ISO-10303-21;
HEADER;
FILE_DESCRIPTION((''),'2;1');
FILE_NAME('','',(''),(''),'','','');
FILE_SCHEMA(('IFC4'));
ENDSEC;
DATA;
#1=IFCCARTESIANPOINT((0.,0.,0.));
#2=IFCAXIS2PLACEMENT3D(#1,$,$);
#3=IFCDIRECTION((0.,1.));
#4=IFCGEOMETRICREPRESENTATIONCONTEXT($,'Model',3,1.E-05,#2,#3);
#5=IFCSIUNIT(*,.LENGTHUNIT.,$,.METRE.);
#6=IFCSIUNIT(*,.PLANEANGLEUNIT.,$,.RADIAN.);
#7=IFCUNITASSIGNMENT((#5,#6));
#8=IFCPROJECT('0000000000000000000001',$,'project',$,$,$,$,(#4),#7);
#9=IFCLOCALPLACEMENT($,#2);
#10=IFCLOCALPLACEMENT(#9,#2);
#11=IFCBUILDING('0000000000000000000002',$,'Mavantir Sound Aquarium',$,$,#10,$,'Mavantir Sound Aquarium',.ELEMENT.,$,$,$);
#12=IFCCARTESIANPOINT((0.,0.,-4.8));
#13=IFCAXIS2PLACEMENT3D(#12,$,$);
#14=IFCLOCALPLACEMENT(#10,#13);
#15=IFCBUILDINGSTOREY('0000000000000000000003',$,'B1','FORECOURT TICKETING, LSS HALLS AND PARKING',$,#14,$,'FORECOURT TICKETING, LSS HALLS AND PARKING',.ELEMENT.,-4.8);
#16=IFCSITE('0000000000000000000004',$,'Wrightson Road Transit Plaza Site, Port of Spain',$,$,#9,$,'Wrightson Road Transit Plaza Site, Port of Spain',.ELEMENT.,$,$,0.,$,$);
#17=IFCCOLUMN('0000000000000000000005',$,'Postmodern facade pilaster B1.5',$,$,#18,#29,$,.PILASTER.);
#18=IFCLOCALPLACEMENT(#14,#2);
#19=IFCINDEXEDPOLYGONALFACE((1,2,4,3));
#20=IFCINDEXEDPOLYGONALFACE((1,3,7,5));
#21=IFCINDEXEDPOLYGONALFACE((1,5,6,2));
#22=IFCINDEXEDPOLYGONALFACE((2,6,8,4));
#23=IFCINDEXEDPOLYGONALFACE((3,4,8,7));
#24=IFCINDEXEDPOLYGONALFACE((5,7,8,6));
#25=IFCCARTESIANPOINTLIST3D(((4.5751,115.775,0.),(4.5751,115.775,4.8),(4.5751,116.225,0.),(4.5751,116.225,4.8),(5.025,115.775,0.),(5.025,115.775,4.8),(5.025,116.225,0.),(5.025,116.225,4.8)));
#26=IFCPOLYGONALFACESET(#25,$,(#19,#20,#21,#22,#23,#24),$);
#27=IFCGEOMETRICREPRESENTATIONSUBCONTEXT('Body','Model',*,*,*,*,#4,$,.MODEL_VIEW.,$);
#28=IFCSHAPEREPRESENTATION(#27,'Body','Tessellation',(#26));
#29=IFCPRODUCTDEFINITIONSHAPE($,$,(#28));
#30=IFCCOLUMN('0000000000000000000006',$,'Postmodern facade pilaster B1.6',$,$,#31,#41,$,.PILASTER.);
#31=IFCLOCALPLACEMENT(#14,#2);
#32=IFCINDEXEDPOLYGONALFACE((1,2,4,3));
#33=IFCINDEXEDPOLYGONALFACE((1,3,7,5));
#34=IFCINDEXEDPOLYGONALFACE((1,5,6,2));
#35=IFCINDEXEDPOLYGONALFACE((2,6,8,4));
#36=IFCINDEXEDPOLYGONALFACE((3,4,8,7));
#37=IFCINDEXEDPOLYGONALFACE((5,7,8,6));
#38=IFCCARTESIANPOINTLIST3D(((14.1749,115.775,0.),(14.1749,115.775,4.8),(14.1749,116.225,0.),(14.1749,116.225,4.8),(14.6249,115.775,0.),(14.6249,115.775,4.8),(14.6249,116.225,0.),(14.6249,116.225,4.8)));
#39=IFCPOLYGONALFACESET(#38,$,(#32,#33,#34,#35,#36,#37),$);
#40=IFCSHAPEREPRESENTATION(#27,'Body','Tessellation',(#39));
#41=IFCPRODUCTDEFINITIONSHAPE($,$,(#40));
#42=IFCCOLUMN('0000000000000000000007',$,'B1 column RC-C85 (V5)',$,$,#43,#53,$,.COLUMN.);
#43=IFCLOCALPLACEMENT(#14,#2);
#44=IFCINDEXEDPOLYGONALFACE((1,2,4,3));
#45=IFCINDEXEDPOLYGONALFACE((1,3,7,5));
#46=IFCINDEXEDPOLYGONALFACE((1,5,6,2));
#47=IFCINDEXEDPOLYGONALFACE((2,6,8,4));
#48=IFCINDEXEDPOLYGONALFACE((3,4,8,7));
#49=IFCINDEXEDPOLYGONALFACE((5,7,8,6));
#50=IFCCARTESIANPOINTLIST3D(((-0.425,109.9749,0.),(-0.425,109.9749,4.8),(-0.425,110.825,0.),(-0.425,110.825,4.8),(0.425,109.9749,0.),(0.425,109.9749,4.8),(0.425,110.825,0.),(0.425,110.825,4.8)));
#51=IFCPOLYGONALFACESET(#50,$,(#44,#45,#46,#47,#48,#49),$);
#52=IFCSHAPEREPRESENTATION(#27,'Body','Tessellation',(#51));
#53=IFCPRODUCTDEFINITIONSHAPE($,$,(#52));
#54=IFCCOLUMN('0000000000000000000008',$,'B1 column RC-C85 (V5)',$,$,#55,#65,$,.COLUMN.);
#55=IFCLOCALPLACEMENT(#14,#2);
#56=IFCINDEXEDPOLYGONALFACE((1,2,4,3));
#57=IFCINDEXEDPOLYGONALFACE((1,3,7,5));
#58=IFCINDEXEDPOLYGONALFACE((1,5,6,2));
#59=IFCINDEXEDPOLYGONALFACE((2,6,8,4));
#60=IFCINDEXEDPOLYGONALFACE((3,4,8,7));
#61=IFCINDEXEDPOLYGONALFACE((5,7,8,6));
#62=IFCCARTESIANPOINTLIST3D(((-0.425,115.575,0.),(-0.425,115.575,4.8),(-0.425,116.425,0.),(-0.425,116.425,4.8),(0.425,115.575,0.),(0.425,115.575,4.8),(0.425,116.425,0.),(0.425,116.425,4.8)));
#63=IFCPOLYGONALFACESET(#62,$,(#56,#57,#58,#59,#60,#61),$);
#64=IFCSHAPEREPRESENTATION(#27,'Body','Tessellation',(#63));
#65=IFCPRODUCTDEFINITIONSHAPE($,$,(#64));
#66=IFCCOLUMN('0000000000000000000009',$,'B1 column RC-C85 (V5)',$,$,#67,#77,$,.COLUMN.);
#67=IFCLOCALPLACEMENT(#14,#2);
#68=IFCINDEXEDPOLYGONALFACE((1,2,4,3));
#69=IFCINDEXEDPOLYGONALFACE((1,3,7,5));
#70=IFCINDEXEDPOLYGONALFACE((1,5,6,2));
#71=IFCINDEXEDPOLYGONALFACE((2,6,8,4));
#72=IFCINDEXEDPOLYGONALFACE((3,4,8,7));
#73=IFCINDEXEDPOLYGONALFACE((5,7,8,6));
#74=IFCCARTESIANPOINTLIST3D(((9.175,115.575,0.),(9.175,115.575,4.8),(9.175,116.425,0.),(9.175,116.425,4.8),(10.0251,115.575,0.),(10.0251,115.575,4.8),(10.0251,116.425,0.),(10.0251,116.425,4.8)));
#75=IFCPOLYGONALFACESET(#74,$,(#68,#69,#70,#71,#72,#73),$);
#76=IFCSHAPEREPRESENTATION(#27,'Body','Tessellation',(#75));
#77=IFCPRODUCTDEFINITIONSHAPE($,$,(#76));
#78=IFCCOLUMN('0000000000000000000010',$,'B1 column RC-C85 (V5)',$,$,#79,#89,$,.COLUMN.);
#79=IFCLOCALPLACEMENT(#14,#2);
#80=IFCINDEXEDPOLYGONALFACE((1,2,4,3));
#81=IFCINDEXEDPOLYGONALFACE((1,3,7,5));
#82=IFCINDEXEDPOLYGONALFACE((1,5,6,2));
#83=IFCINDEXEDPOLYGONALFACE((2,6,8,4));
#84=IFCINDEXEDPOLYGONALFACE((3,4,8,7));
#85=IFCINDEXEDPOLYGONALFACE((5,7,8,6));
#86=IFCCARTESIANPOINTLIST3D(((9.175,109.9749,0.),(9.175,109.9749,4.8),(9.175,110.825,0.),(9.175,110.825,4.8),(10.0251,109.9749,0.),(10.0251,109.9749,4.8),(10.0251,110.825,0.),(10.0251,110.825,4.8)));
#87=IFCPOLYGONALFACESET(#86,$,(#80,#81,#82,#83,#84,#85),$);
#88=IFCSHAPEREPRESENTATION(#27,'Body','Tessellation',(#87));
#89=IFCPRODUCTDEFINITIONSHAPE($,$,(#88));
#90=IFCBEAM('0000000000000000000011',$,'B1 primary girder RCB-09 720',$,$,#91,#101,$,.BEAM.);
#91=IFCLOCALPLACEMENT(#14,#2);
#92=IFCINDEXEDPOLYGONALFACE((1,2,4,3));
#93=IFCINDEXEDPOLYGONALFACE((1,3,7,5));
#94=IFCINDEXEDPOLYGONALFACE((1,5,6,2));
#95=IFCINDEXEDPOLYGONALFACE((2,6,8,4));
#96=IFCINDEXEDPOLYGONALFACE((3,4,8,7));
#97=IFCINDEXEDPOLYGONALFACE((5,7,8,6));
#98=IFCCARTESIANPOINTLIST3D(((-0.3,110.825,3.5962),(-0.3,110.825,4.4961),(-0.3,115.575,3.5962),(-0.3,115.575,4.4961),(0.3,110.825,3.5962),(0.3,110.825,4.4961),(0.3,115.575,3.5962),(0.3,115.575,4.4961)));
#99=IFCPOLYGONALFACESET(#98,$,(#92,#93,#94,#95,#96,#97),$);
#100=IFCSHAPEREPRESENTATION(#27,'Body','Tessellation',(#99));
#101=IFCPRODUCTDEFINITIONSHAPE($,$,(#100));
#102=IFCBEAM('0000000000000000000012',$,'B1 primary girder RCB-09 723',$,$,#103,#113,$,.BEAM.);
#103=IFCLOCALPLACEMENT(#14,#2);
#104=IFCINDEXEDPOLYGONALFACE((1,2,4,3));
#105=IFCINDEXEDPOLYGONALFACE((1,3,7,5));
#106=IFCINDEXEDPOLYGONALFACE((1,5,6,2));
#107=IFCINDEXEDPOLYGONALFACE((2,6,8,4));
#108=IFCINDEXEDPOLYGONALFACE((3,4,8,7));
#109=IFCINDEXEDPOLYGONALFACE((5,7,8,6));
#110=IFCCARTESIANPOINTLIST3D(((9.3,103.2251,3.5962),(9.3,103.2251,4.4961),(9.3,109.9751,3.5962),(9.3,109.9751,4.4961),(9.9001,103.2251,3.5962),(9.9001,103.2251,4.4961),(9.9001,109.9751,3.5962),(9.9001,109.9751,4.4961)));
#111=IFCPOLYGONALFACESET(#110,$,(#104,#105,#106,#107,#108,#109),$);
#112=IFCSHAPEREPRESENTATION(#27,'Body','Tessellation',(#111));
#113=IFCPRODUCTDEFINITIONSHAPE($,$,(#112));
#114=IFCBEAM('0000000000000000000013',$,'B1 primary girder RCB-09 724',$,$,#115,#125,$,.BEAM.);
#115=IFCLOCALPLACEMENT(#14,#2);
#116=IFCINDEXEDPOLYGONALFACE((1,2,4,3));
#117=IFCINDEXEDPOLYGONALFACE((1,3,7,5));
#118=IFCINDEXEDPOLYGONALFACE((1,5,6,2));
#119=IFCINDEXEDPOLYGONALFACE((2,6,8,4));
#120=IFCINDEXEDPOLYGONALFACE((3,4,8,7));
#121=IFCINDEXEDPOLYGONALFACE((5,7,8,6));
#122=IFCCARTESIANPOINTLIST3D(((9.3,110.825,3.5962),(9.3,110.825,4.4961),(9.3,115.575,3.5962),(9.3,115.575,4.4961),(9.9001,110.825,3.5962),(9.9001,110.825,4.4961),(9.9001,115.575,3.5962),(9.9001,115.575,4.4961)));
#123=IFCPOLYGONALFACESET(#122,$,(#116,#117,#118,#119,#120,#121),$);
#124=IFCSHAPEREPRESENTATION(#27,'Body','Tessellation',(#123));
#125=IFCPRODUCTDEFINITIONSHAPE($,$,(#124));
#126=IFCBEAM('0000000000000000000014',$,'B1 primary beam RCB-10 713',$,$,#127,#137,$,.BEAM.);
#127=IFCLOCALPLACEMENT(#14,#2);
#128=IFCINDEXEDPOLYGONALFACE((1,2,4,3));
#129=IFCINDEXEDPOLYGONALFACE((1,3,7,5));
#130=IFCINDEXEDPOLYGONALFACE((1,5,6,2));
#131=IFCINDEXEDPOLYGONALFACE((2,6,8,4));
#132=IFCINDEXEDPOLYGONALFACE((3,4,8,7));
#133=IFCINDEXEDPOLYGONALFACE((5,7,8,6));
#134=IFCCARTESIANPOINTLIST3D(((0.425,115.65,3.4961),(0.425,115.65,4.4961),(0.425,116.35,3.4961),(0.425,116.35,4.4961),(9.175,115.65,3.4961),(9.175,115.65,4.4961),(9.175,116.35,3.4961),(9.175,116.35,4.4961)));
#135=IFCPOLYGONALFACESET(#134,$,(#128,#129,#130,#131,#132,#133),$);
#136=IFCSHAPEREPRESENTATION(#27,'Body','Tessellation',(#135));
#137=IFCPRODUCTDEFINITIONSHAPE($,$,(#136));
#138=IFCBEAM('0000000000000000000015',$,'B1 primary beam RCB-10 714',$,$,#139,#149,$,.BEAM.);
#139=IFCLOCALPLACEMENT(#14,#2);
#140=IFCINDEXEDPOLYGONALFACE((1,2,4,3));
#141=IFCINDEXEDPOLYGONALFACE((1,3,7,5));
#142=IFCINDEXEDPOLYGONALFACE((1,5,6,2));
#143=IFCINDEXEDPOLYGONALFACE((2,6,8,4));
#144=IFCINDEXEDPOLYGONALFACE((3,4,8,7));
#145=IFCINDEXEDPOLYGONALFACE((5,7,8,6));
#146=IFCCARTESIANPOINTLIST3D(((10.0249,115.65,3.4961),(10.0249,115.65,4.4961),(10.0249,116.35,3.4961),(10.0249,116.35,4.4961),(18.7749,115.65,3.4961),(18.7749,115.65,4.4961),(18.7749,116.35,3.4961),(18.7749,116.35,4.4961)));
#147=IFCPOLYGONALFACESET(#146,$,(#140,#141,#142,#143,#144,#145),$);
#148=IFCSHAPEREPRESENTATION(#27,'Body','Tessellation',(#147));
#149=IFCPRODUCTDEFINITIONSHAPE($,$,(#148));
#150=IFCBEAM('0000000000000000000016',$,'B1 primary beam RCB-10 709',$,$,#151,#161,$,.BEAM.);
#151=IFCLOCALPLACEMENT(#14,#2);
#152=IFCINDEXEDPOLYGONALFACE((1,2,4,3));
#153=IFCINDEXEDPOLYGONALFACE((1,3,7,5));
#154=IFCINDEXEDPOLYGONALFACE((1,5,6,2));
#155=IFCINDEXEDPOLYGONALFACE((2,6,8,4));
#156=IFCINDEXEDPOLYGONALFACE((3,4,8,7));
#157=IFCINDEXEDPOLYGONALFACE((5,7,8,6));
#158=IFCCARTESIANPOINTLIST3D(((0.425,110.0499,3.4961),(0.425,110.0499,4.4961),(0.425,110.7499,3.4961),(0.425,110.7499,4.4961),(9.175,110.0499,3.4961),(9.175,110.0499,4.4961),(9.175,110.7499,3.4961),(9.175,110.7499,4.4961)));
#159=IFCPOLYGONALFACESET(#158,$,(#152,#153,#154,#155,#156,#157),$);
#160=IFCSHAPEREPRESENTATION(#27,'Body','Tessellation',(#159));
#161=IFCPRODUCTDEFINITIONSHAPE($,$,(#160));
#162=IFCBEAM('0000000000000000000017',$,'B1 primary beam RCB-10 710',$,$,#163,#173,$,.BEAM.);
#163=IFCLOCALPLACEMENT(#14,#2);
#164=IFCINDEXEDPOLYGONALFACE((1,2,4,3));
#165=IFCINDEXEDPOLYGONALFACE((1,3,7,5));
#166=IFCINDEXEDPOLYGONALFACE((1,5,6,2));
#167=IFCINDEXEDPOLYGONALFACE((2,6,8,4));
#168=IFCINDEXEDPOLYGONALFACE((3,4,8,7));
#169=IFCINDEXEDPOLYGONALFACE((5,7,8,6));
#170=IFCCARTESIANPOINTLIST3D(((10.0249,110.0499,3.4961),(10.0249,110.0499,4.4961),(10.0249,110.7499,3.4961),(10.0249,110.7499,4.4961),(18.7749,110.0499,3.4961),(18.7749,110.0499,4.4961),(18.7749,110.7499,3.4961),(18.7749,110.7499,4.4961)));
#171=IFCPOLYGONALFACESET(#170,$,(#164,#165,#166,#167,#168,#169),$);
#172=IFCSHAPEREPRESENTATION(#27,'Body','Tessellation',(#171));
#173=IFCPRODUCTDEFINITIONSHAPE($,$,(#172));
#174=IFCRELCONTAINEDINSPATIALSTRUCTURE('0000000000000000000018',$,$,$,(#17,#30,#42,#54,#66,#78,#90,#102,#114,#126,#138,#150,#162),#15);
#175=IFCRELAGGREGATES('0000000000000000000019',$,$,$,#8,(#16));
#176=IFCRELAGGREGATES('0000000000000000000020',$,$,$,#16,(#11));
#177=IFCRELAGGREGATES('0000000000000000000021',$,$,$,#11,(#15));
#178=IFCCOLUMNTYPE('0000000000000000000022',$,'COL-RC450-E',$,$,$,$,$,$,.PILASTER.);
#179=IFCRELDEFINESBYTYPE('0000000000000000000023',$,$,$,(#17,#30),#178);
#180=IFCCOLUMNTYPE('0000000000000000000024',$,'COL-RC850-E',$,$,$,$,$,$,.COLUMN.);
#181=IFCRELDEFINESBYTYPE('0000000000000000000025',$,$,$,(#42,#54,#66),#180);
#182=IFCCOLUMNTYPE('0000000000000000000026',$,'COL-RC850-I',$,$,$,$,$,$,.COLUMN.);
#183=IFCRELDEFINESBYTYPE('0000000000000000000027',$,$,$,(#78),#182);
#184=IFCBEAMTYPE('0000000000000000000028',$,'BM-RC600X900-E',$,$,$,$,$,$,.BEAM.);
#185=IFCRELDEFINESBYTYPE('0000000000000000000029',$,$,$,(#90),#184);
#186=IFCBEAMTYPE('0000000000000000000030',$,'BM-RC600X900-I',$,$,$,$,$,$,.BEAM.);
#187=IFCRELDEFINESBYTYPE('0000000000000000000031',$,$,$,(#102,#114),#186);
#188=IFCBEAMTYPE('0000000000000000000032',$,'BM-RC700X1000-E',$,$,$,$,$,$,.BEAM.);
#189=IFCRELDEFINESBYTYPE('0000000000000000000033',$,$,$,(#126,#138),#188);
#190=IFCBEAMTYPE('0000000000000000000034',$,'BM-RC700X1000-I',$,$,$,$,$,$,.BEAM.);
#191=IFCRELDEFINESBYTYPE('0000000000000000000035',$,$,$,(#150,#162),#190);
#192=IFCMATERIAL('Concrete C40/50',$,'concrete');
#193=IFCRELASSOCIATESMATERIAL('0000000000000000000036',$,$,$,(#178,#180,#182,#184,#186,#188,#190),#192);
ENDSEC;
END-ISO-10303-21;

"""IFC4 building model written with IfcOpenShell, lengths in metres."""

from ifc_helpers import new_model, si_unit, direction, frame, origin, origin_2d, place, context, subcontext, project, spatial, rectangle, extrude, material, material_profile, profile_set, type_object, element, save


model = new_model("IFC4")

# Units and contexts
model_context = context("Model", 3, precision=1e-05, world=origin(), true_north=direction((0.0, 1.0)))
body_context = subcontext(model_context, "Body", "Model", "MODEL_VIEW")
ifc_project = project(units=[si_unit("LENGTHUNIT", "METRE"), si_unit("PLANEANGLEUNIT", "RADIAN")], contexts=[model_context])

# Site, building, storey
site_placement = place(None, origin())
site = spatial("IfcSite", under=ifc_project, at=site_placement, Name="Wrightson Road Transit Plaza Site, Port of Spain", LongName="Wrightson Road Transit Plaza Site, Port of Spain", CompositionType="ELEMENT", RefElevation=0.0)
building_placement = place(site_placement, origin())
building = spatial("IfcBuilding", under=site, at=building_placement, Name="Mavantir Sound Aquarium", LongName="Mavantir Sound Aquarium", CompositionType="ELEMENT")
storey_placement = place(building_placement, frame((0.0, 0.0, -4.8)))
storey = spatial("IfcBuildingStorey", under=building, at=storey_placement, Name="B1", Description="FORECOURT TICKETING, LSS HALLS AND PARKING", LongName="FORECOURT TICKETING, LSS HALLS AND PARKING", CompositionType="ELEMENT", Elevation=-4.8)

# Columns
ifc_material_1 = material(Name="Concrete C40/50", Category="concrete")
ifc_material_profile_1 = material_profile(ifc_material_1, rectangle(XDim=0.45, YDim=0.45, at=origin_2d()), Name="RC 450X450")
ifc_profile_set_1 = profile_set([ifc_material_profile_1], Name="Concrete C40/50")
column_type_1 = type_object("IfcColumnType", Name="COL-RC450-E", PredefinedType="PILASTER", material=ifc_profile_set_1)
for number, where, z_axis, x_axis, name in (
    (1, (4.8, 116.0, 0.0), (0.0, 0.0, 1.0), (1.0, 0.0, 0.0), "Postmodern facade pilaster B1.5"),
    (2, (14.3999, 116.0, 0.0), (0.0, 0.0, 1.0), (1.0, 0.0, 0.0), "Postmodern facade pilaster B1.6"),
):
    element("IfcColumn", number, at=place(storey_placement, frame(where, z_axis=z_axis, x_axis=x_axis)), inside=storey, type_object=column_type_1, Name=name, PredefinedType="PILASTER", context=body_context, shape_type="SweptSolid", body=[
        extrude(rectangle(XDim=0.45, YDim=0.45, at=origin_2d()), origin(), (0.0, 0.0, 1.0), 4.8),
    ])
ifc_material_profile_2 = material_profile(ifc_material_1, rectangle(XDim=0.8501, YDim=0.8501, at=origin_2d()), Name="RC 850X850")
ifc_profile_set_2 = profile_set([ifc_material_profile_2], Name="Concrete C40/50")
column_type_2 = type_object("IfcColumnType", Name="COL-RC850-E", PredefinedType="COLUMN", material=ifc_profile_set_2)
for number, where, z_axis, x_axis, name in (
    (3, (0.0, 110.3999, 0.0), (0.0, 0.0, 1.0), (1.0, 0.0, 0.0), "B1 column RC-C85 (V5)"),
    (4, (0.0, 116.0, 0.0), (0.0, 0.0, 1.0), (1.0, 0.0, 0.0), "B1 column RC-C85 (V5)"),
    (5, (9.6001, 116.0, 0.0), (0.0, 0.0, 1.0), (1.0, 0.0, 0.0), "B1 column RC-C85 (V5)"),
):
    element("IfcColumn", number, at=place(storey_placement, frame(where, z_axis=z_axis, x_axis=x_axis)), inside=storey, type_object=column_type_2, Name=name, PredefinedType="COLUMN", context=body_context, shape_type="SweptSolid", body=[
        extrude(rectangle(XDim=0.8501, YDim=0.8501, at=origin_2d()), origin(), (0.0, 0.0, 1.0), 4.8),
    ])
ifc_material_profile_3 = material_profile(ifc_material_1, rectangle(XDim=0.8501, YDim=0.8501, at=origin_2d()), Name="RC 850X850")
ifc_profile_set_3 = profile_set([ifc_material_profile_3], Name="Concrete C40/50")
column_type_3 = type_object("IfcColumnType", Name="COL-RC850-I", PredefinedType="COLUMN", material=ifc_profile_set_3)
column_placement = place(storey_placement, frame((9.6001, 110.3999, 0.0), z_axis=(0.0, 0.0, 1.0), x_axis=(1.0, 0.0, 0.0)))
element("IfcColumn", 6, at=column_placement, inside=storey, type_object=column_type_3, Name="B1 column RC-C85 (V5)", PredefinedType="COLUMN", context=body_context, shape_type="SweptSolid", body=[
    extrude(rectangle(XDim=0.8501, YDim=0.8501, at=origin_2d()), origin(), (0.0, 0.0, 1.0), 4.8),
])

# Beams
ifc_material_profile_4 = material_profile(ifc_material_1, rectangle(XDim=0.6001, YDim=0.8999, at=origin_2d()), Name="RC 600X900")
ifc_profile_set_4 = profile_set([ifc_material_profile_4], Name="Concrete C40/50")
beam_type_1 = type_object("IfcBeamType", Name="BM-RC600X900-E", PredefinedType="BEAM", material=ifc_profile_set_4)
beam_1_placement = place(storey_placement, frame((0.0, 110.825, 4.0461), z_axis=(0.0, 1.0, 0.0), x_axis=(-1.0, 0.0, 0.0)))
element("IfcBeam", 7, at=beam_1_placement, inside=storey, type_object=beam_type_1, Name="B1 primary girder RCB-09 720", PredefinedType="BEAM", context=body_context, shape_type="SweptSolid", body=[
    extrude(rectangle(XDim=0.6001, YDim=0.8999, at=origin_2d()), origin(), (0.0, 0.0, 1.0), 4.75),
])
ifc_material_profile_5 = material_profile(ifc_material_1, rectangle(XDim=0.6001, YDim=0.8999, at=origin_2d()), Name="RC 600X900")
ifc_profile_set_5 = profile_set([ifc_material_profile_5], Name="Concrete C40/50")
beam_type_2 = type_object("IfcBeamType", Name="BM-RC600X900-I", PredefinedType="BEAM", material=ifc_profile_set_5)
beam_2_placement = place(storey_placement, frame((9.6001, 103.2251, 4.0461), z_axis=(0.0, 1.0, 0.0), x_axis=(-1.0, 0.0, 0.0)))
element("IfcBeam", 8, at=beam_2_placement, inside=storey, type_object=beam_type_2, Name="B1 primary girder RCB-09 723", PredefinedType="BEAM", context=body_context, shape_type="SweptSolid", body=[
    extrude(rectangle(XDim=0.6001, YDim=0.8999, at=origin_2d()), origin(), (0.0, 0.0, 1.0), 6.75),
])
beam_3_placement = place(storey_placement, frame((9.6001, 110.825, 4.0461), z_axis=(0.0, 1.0, 0.0), x_axis=(-1.0, 0.0, 0.0)))
element("IfcBeam", 9, at=beam_3_placement, inside=storey, type_object=beam_type_2, Name="B1 primary girder RCB-09 724", PredefinedType="BEAM", context=body_context, shape_type="SweptSolid", body=[
    extrude(rectangle(XDim=0.6001, YDim=0.8999, at=origin_2d()), origin(), (0.0, 0.0, 1.0), 4.75),
])
ifc_material_profile_6 = material_profile(ifc_material_1, rectangle(XDim=0.7, YDim=1.0, at=origin_2d()), Name="RC 700X1000")
ifc_profile_set_6 = profile_set([ifc_material_profile_6], Name="Concrete C40/50")
beam_type_3 = type_object("IfcBeamType", Name="BM-RC700X1000-E", PredefinedType="BEAM", material=ifc_profile_set_6)
for number, where, z_axis, x_axis, name in (
    (10, (0.425, 116.0, 3.9961), (1.0, 0.0, 0.0), (0.0, 1.0, 0.0), "B1 primary beam RCB-10 713"),
    (11, (10.0249, 116.0, 3.9961), (1.0, 0.0, 0.0), (0.0, 1.0, 0.0), "B1 primary beam RCB-10 714"),
):
    element("IfcBeam", number, at=place(storey_placement, frame(where, z_axis=z_axis, x_axis=x_axis)), inside=storey, type_object=beam_type_3, Name=name, PredefinedType="BEAM", context=body_context, shape_type="SweptSolid", body=[
        extrude(rectangle(XDim=0.7, YDim=1.0, at=origin_2d()), origin(), (0.0, 0.0, 1.0), 8.75),
    ])
ifc_material_profile_7 = material_profile(ifc_material_1, rectangle(XDim=0.7, YDim=1.0, at=origin_2d()), Name="RC 700X1000")
ifc_profile_set_7 = profile_set([ifc_material_profile_7], Name="Concrete C40/50")
beam_type_4 = type_object("IfcBeamType", Name="BM-RC700X1000-I", PredefinedType="BEAM", material=ifc_profile_set_7)
for number, where, z_axis, x_axis, name in (
    (12, (0.425, 110.3999, 3.9961), (1.0, 0.0, 0.0), (0.0, 1.0, 0.0), "B1 primary beam RCB-10 709"),
    (13, (10.0249, 110.3999, 3.9961), (1.0, 0.0, 0.0), (0.0, 1.0, 0.0), "B1 primary beam RCB-10 710"),
):
    element("IfcBeam", number, at=place(storey_placement, frame(where, z_axis=z_axis, x_axis=x_axis)), inside=storey, type_object=beam_type_4, Name=name, PredefinedType="BEAM", context=body_context, shape_type="SweptSolid", body=[
        extrude(rectangle(XDim=0.7, YDim=1.0, at=origin_2d()), origin(), (0.0, 0.0, 1.0), 8.75),
    ])

save(model, "model.ifc")
